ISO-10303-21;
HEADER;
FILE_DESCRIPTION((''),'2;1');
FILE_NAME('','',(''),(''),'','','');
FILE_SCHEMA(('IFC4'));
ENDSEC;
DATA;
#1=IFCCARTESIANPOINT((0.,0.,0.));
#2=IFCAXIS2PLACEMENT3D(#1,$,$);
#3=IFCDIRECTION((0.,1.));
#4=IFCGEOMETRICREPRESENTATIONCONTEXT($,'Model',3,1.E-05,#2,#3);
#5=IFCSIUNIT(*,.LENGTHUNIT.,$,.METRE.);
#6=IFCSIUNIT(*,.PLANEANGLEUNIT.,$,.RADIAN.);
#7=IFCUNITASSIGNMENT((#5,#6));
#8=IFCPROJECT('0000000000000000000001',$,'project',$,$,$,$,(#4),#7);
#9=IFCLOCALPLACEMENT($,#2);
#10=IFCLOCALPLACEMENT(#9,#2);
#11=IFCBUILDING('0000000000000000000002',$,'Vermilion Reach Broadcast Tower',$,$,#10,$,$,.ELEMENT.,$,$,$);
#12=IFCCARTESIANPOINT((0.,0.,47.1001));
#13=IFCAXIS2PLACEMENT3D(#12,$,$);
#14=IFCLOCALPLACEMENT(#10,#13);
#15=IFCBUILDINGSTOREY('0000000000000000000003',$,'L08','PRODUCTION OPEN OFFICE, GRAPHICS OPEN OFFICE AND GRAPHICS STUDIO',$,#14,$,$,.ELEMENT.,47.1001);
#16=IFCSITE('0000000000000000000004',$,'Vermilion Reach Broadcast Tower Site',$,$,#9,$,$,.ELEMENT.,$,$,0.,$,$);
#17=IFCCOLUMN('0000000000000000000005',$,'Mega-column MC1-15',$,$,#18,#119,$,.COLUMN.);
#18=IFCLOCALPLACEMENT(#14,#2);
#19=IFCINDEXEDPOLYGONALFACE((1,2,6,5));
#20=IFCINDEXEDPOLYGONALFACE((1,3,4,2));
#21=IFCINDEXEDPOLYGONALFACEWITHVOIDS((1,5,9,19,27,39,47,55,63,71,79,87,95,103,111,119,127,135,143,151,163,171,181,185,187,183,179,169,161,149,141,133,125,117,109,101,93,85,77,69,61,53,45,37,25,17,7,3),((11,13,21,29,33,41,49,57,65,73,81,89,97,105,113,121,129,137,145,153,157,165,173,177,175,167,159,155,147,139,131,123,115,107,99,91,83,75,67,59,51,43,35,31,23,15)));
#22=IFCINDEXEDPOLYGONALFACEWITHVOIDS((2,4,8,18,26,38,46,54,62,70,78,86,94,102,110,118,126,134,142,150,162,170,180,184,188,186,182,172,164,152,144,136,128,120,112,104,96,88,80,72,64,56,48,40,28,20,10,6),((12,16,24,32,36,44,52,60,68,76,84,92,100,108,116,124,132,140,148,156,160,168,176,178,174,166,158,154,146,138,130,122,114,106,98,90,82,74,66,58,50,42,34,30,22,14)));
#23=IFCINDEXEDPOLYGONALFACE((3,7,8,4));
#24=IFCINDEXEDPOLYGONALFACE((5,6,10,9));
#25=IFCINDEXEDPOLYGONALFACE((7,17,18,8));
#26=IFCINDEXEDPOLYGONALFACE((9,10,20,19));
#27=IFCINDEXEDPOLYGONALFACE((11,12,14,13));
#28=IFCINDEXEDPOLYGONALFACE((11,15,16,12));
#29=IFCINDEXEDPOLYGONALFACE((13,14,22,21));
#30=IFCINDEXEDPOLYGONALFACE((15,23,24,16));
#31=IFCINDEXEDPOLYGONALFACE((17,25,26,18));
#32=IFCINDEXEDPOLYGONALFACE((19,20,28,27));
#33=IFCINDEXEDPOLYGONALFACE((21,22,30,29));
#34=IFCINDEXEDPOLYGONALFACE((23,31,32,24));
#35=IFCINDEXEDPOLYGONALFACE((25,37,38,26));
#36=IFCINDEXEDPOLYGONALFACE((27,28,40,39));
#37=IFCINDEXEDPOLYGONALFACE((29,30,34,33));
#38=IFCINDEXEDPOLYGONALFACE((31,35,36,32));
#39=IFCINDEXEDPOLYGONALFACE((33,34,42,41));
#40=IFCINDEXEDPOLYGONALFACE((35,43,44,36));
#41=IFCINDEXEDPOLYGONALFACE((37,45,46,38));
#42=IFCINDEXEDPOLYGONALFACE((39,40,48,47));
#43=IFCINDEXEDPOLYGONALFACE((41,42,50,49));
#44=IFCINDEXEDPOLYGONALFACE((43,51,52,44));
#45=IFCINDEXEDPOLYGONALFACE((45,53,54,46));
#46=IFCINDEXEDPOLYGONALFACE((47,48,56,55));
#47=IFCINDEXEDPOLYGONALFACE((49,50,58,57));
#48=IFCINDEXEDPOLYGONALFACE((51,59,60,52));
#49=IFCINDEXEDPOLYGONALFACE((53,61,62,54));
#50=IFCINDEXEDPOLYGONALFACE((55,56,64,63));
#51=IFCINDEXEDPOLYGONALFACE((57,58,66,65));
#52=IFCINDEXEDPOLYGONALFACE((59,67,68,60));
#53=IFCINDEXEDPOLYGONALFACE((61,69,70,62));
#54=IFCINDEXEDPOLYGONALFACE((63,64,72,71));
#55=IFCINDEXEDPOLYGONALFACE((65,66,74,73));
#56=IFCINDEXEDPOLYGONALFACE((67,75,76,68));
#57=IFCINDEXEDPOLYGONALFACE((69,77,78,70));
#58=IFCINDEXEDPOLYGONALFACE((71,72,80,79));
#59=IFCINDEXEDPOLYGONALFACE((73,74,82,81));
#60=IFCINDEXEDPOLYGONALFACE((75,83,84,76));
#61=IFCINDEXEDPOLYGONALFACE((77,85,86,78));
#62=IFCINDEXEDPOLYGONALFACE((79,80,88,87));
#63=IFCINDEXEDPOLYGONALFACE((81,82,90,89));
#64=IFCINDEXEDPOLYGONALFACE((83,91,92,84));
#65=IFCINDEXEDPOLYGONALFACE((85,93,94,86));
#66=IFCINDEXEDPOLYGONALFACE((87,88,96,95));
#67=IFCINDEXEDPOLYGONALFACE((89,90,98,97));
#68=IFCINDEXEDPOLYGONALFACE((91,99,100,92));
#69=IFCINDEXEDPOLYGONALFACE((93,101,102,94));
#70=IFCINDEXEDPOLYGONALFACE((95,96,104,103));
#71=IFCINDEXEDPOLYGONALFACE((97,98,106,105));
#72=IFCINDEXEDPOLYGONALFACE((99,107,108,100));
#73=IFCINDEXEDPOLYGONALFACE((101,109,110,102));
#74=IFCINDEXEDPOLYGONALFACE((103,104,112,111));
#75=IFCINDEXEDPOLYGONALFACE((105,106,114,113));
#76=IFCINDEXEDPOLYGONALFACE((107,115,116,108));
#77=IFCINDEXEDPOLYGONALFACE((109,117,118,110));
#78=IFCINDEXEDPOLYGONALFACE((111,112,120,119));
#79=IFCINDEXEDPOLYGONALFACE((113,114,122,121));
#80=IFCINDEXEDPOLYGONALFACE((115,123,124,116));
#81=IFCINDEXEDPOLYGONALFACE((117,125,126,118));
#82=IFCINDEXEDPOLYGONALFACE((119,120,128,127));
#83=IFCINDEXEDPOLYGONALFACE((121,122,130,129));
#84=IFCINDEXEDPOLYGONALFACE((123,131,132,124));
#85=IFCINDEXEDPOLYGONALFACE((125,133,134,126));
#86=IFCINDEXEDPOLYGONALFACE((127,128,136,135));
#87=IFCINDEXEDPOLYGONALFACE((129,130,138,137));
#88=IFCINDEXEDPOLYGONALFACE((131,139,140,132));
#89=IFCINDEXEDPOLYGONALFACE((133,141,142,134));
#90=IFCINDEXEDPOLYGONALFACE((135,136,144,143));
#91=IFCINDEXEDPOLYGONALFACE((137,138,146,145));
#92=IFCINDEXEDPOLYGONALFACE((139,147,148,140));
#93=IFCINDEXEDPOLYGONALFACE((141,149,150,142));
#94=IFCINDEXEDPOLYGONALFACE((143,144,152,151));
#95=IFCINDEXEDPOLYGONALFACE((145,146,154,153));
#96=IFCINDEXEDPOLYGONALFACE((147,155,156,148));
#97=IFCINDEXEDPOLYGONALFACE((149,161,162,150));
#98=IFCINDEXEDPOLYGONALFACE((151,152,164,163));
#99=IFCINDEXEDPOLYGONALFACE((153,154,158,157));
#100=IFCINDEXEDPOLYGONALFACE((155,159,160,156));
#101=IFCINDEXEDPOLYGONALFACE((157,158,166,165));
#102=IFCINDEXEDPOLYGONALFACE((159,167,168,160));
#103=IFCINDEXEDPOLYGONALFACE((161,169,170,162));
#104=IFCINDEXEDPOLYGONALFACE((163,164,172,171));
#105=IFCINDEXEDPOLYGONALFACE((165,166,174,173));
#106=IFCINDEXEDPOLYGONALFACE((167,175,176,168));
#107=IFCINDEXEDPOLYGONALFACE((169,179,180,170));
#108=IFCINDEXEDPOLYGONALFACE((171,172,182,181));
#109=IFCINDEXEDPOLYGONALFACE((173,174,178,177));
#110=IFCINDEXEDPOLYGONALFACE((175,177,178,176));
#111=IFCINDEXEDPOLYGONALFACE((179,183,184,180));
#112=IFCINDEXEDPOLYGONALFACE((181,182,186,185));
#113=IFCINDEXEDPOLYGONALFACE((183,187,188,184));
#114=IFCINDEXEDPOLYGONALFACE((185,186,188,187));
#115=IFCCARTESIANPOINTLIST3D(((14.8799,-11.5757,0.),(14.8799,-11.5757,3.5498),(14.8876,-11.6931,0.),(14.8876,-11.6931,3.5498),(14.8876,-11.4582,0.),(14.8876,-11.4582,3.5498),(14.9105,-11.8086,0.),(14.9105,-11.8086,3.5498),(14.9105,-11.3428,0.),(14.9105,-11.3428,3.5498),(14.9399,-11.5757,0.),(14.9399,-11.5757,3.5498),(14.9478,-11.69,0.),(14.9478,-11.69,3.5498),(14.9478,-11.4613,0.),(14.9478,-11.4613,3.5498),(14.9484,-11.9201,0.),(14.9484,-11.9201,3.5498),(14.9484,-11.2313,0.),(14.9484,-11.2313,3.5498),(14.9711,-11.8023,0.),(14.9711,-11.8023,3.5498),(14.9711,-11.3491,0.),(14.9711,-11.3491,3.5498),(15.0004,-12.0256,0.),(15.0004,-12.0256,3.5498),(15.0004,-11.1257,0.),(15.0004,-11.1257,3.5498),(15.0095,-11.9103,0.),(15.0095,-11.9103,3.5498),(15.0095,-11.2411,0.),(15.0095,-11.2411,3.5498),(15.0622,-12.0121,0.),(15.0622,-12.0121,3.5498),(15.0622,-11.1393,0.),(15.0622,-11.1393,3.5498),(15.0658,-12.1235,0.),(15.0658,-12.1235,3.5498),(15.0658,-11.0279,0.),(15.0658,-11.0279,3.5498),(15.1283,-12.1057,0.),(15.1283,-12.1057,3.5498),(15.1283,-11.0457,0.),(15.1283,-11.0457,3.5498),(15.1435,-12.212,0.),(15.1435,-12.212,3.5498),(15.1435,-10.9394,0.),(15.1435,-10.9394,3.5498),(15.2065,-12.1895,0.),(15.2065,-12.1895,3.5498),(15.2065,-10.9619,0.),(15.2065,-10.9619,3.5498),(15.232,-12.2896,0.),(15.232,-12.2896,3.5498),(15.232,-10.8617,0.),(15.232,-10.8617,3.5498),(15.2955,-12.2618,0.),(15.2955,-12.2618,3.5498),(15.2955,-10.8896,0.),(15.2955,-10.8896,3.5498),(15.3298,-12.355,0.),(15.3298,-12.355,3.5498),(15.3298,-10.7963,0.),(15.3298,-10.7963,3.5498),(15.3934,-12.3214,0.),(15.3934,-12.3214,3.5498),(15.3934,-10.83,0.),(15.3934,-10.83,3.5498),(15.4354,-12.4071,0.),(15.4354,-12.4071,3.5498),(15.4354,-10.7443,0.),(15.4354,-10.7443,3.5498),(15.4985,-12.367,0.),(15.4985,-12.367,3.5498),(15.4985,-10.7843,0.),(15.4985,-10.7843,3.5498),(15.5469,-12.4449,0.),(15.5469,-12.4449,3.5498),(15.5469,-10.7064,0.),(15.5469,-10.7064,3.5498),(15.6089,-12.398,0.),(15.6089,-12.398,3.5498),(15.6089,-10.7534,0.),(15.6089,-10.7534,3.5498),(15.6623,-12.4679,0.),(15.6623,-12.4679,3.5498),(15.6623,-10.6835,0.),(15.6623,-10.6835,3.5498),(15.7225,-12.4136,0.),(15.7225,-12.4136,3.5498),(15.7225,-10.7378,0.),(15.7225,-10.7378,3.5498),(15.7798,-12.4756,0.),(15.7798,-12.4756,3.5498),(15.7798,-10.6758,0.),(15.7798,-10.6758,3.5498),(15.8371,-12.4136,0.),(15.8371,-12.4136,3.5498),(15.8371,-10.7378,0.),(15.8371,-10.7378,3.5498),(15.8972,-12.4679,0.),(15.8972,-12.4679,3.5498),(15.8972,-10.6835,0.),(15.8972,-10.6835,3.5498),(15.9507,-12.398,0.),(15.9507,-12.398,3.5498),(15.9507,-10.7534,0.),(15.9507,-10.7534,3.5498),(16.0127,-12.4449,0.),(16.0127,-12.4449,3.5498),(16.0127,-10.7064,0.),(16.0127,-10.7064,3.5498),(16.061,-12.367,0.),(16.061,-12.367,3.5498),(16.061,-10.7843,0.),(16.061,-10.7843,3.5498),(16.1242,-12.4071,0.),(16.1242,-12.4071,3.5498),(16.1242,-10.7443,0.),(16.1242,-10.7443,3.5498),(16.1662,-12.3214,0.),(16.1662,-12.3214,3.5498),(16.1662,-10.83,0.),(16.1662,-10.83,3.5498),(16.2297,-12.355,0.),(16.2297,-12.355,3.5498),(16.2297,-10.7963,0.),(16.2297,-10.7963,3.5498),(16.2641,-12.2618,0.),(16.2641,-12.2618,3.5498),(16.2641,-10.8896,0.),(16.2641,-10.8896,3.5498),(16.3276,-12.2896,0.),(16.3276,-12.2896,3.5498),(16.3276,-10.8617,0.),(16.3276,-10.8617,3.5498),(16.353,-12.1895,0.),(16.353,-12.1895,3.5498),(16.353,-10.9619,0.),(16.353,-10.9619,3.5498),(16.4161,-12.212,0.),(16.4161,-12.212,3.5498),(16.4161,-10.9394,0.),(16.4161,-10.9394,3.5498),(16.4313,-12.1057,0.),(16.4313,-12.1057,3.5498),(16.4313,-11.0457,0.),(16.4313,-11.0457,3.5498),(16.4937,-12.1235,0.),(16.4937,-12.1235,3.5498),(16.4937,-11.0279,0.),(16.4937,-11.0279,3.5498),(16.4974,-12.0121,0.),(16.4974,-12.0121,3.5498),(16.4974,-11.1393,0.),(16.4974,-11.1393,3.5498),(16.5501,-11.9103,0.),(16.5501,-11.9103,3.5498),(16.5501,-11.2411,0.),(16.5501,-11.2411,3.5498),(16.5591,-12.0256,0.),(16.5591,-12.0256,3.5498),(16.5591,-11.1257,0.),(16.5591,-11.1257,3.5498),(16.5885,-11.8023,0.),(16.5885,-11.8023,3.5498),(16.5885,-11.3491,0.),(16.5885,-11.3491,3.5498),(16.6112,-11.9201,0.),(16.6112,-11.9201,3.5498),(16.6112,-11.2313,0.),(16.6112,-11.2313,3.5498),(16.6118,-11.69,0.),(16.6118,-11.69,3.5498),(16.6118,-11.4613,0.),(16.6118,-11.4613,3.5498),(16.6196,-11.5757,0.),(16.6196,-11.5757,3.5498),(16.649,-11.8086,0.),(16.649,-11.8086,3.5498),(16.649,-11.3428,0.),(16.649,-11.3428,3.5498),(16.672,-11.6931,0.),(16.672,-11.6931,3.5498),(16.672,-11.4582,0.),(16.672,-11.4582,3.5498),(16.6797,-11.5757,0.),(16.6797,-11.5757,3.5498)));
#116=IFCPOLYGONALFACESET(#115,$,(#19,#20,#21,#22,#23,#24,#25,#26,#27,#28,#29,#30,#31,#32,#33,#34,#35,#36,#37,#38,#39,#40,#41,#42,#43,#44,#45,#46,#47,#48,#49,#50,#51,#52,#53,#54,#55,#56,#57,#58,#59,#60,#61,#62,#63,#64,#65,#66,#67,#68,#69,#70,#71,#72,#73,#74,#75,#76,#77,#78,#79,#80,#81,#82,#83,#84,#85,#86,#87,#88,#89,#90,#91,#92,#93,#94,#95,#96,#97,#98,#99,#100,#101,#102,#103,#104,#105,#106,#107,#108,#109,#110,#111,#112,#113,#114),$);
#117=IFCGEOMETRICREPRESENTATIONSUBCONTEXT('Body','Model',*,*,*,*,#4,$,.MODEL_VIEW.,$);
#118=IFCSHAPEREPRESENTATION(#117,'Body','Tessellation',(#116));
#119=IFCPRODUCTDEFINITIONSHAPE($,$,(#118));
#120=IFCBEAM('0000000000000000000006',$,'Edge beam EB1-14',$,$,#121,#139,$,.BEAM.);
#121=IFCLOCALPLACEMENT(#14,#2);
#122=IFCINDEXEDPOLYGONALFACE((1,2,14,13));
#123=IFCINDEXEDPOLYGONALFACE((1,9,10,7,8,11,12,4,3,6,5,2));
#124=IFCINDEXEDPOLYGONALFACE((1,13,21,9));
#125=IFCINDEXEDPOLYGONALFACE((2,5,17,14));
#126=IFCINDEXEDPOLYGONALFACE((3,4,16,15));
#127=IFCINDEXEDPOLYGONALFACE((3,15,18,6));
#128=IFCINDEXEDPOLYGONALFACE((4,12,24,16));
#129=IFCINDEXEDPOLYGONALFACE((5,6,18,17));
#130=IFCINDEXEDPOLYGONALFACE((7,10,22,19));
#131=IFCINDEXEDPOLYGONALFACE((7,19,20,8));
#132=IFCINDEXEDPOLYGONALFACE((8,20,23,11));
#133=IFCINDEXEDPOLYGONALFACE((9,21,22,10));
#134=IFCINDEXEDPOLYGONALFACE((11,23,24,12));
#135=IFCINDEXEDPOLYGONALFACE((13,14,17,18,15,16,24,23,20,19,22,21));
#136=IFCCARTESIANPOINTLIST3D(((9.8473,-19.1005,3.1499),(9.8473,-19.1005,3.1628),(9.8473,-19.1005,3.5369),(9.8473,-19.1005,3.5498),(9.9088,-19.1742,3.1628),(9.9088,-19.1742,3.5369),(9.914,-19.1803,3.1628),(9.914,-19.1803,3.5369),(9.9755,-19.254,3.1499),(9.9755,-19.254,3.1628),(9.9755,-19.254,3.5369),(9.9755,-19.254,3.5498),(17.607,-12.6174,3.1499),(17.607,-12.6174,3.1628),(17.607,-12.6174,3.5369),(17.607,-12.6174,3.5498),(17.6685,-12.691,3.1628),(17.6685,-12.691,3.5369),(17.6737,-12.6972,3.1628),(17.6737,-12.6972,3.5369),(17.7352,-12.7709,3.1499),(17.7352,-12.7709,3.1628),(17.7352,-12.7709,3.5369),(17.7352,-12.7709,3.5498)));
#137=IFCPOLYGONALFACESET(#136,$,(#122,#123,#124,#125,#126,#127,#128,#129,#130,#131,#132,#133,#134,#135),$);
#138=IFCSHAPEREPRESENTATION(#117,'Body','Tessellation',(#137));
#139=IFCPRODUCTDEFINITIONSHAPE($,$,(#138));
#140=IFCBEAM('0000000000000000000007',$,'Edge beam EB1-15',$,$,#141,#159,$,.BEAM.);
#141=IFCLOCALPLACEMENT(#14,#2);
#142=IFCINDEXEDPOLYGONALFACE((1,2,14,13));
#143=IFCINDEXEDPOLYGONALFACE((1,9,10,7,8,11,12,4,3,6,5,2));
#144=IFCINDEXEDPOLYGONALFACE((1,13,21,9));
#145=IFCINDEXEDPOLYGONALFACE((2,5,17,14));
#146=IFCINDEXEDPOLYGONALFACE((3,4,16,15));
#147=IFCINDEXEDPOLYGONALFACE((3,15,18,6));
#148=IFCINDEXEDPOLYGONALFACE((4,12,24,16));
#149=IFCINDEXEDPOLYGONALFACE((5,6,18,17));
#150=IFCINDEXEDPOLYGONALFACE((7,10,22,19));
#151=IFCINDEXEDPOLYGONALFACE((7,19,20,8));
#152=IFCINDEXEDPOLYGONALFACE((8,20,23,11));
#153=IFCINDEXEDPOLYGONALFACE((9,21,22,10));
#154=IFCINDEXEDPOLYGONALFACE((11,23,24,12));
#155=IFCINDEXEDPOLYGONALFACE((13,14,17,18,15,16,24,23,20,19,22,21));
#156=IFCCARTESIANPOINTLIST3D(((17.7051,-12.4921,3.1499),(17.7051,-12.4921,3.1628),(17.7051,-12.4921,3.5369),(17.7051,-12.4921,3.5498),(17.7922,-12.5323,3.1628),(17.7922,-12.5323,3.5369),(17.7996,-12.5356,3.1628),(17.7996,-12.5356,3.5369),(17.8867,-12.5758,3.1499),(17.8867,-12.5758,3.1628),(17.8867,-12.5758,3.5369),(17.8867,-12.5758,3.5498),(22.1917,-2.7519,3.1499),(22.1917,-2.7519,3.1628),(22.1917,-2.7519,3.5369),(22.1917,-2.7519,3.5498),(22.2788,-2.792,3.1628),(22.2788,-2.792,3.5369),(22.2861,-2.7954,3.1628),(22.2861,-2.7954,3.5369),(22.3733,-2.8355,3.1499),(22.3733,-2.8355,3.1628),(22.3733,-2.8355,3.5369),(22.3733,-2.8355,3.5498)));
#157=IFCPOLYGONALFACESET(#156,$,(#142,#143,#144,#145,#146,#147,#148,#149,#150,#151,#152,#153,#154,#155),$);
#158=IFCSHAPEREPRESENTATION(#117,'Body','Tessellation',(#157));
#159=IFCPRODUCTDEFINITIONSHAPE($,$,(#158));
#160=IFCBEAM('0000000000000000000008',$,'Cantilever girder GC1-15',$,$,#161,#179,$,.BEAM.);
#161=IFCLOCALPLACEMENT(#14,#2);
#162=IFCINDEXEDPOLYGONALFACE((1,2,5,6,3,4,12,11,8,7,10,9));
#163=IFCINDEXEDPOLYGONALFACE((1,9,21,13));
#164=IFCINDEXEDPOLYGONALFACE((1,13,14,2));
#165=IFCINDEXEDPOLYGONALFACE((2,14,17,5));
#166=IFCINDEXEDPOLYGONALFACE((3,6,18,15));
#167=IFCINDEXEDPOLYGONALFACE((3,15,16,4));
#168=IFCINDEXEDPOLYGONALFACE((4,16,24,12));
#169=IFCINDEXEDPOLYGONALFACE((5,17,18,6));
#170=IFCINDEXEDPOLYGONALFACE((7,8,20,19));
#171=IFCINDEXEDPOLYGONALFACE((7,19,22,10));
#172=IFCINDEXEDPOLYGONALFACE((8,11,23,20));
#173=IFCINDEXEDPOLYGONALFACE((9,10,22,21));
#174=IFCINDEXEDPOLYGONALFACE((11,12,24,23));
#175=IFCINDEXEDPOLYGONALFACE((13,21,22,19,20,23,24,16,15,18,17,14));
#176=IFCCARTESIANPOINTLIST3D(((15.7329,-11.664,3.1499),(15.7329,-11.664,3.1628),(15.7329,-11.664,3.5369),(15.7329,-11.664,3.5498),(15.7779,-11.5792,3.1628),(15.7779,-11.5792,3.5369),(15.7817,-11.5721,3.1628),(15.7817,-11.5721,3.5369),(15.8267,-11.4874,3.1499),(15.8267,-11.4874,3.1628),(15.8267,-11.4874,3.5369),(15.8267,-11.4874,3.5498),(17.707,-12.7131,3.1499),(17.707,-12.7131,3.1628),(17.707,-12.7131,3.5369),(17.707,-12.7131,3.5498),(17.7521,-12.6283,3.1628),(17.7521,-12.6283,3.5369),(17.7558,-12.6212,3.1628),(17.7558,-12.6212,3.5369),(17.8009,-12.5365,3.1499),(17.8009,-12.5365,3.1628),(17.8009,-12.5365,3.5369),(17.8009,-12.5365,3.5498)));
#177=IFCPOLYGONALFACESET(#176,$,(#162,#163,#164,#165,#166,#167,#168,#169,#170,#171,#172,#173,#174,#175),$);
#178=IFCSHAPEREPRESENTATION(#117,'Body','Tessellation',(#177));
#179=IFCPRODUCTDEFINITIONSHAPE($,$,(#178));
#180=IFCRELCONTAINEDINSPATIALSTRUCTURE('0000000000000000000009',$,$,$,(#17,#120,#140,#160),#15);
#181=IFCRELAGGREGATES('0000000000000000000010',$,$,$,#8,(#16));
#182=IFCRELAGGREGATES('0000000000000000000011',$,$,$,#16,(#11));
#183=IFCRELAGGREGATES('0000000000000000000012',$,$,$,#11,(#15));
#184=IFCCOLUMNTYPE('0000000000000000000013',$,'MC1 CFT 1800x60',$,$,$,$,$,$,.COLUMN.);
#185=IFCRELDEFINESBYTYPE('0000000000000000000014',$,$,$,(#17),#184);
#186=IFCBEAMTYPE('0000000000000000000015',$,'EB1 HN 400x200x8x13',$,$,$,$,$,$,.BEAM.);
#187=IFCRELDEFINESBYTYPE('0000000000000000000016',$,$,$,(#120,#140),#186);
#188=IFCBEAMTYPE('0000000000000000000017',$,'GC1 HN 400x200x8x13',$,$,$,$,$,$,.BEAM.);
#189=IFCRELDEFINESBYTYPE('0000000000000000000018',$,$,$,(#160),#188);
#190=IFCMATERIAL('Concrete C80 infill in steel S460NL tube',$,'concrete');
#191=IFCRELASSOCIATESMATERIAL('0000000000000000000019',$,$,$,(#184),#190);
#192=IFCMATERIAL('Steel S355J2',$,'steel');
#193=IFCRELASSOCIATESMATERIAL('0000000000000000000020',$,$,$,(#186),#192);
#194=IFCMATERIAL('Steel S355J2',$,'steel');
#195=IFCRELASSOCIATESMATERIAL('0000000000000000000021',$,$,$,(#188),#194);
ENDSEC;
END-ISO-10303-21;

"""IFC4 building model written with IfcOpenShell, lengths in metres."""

from ifc_helpers import new_model, si_unit, direction, frame, origin, origin_2d, place, context, subcontext, project, spatial, hollow_circle, i_section, extrude, material, material_profile, profile_set, type_object, element, save


model = new_model("IFC4")

# Units and contexts
model_context = context("Model", 3, precision=1e-05, world=origin(), true_north=direction((0.0, 1.0)))
body_context = subcontext(model_context, "Body", "Model", "MODEL_VIEW")
ifc_project = project(units=[si_unit("LENGTHUNIT", "METRE"), si_unit("PLANEANGLEUNIT", "RADIAN")], contexts=[model_context])

# Site, building, storey
site_placement = place(None, origin())
site = spatial("IfcSite", under=ifc_project, at=site_placement, Name="Vermilion Reach Broadcast Tower Site", CompositionType="ELEMENT", RefElevation=0.0)
building_placement = place(site_placement, origin())
building = spatial("IfcBuilding", under=site, at=building_placement, Name="Vermilion Reach Broadcast Tower", CompositionType="ELEMENT")
storey_placement = place(building_placement, frame((0.0, 0.0, 47.1001)))
storey = spatial("IfcBuildingStorey", under=building, at=storey_placement, Name="L08", Description="PRODUCTION OPEN OFFICE, GRAPHICS OPEN OFFICE AND GRAPHICS STUDIO", CompositionType="ELEMENT", Elevation=47.1001)

# Column
ifc_material_1 = material(Name="Concrete C80 infill in steel S460NL tube", Category="concrete")
ifc_material_profile_1 = material_profile(ifc_material_1, hollow_circle(Radius=0.8999, WallThickness=0.0601, at=origin_2d()), Name="Concrete C80 infill in steel S460NL tube CFT 1800x60")
ifc_profile_set_1 = profile_set([ifc_material_profile_1], Name="Concrete C80 infill in steel S460NL tube")
column_type = type_object("IfcColumnType", Name="MC1 CFT 1800x60", PredefinedType="COLUMN", material=ifc_profile_set_1)
for number, where, z_axis, x_axis, name in (
    (1, (15.7798, -11.5757, 0.0), (0.0, 0.0, 1.0), (1.0, 0.0, 0.0), "Mega-column MC1-15"),
):
    element("IfcColumn", number, at=place(storey_placement, frame(where, z_axis=z_axis, x_axis=x_axis)), inside=storey, type_object=column_type, Name=name, PredefinedType="COLUMN", context=body_context, shape_type="SweptSolid", body=[
        extrude(hollow_circle(Radius=0.8999, WallThickness=0.0601, at=origin_2d()), origin(), (0.0, 0.0, 1.0), 3.5498),
    ])

# Beams
ifc_material_2 = material(Name="Steel S355J2", Category="steel")
ifc_material_profile_2 = material_profile(ifc_material_2, i_section(OverallWidth=0.2, OverallDepth=0.3999, WebThickness=0.0081, FlangeThickness=0.0129, at=origin_2d()), Name="S355J2 HN 400x200x8x13")
ifc_profile_set_2 = profile_set([ifc_material_profile_2], Name="Steel S355J2")
beam_type_1 = type_object("IfcBeamType", Name="EB1 HN 400x200x8x13", PredefinedType="BEAM", material=ifc_profile_set_2)
beam_1_placement = place(storey_placement, frame((9.9114, -19.1772, 3.3499), z_axis=(0.767409, 0.641158, 0.0), x_axis=(-0.641158, 0.767409, 0.0)))
element("IfcBeam", 2, at=beam_1_placement, inside=storey, type_object=beam_type_1, Name="Edge beam EB1-14", PredefinedType="BEAM", context=body_context, shape_type="SweptSolid", body=[
    extrude(i_section(OverallWidth=0.2, OverallDepth=0.3999, WebThickness=0.0081, FlangeThickness=0.0129, at=origin_2d()), origin(), (0.0, 0.0, 1.0), 10.1116),
])
beam_2_placement = place(storey_placement, frame((17.7959, -12.5339, 3.3499), z_axis=(0.418372, 0.908276, 0.0), x_axis=(-0.908276, 0.418372, 0.0)))
element("IfcBeam", 3, at=beam_2_placement, inside=storey, type_object=beam_type_1, Name="Edge beam EB1-15", PredefinedType="BEAM", context=body_context, shape_type="SweptSolid", body=[
    extrude(i_section(OverallWidth=0.2, OverallDepth=0.3999, WebThickness=0.0081, FlangeThickness=0.0129, at=origin_2d()), origin(), (0.0, 0.0, 1.0), 10.7239),
])
ifc_material_3 = material(Name="Steel S355J2", Category="steel")
ifc_material_profile_3 = material_profile(ifc_material_3, i_section(OverallWidth=0.2, OverallDepth=0.3999, WebThickness=0.0081, FlangeThickness=0.0129, at=origin_2d()), Name="S355J2 HN 400x200x8x13")
ifc_profile_set_3 = profile_set([ifc_material_profile_3], Name="Steel S355J2")
beam_type_2 = type_object("IfcBeamType", Name="GC1 HN 400x200x8x13", PredefinedType="BEAM", material=ifc_profile_set_3)
beam_3_placement = place(storey_placement, frame((15.7798, -11.5757, 3.3499), z_axis=(0.883056, -0.469267, 0.0), x_axis=(0.469267, 0.883056, 0.0)))
element("IfcBeam", 4, at=beam_3_placement, inside=storey, type_object=beam_type_2, Name="Cantilever girder GC1-15", PredefinedType="BEAM", context=body_context, shape_type="SweptSolid", body=[
    extrude(i_section(OverallWidth=0.2, OverallDepth=0.3999, WebThickness=0.0081, FlangeThickness=0.0129, at=origin_2d()), origin(), (0.0, 0.0, 1.0), 2.2356),
])

save(model, "model.ifc")
